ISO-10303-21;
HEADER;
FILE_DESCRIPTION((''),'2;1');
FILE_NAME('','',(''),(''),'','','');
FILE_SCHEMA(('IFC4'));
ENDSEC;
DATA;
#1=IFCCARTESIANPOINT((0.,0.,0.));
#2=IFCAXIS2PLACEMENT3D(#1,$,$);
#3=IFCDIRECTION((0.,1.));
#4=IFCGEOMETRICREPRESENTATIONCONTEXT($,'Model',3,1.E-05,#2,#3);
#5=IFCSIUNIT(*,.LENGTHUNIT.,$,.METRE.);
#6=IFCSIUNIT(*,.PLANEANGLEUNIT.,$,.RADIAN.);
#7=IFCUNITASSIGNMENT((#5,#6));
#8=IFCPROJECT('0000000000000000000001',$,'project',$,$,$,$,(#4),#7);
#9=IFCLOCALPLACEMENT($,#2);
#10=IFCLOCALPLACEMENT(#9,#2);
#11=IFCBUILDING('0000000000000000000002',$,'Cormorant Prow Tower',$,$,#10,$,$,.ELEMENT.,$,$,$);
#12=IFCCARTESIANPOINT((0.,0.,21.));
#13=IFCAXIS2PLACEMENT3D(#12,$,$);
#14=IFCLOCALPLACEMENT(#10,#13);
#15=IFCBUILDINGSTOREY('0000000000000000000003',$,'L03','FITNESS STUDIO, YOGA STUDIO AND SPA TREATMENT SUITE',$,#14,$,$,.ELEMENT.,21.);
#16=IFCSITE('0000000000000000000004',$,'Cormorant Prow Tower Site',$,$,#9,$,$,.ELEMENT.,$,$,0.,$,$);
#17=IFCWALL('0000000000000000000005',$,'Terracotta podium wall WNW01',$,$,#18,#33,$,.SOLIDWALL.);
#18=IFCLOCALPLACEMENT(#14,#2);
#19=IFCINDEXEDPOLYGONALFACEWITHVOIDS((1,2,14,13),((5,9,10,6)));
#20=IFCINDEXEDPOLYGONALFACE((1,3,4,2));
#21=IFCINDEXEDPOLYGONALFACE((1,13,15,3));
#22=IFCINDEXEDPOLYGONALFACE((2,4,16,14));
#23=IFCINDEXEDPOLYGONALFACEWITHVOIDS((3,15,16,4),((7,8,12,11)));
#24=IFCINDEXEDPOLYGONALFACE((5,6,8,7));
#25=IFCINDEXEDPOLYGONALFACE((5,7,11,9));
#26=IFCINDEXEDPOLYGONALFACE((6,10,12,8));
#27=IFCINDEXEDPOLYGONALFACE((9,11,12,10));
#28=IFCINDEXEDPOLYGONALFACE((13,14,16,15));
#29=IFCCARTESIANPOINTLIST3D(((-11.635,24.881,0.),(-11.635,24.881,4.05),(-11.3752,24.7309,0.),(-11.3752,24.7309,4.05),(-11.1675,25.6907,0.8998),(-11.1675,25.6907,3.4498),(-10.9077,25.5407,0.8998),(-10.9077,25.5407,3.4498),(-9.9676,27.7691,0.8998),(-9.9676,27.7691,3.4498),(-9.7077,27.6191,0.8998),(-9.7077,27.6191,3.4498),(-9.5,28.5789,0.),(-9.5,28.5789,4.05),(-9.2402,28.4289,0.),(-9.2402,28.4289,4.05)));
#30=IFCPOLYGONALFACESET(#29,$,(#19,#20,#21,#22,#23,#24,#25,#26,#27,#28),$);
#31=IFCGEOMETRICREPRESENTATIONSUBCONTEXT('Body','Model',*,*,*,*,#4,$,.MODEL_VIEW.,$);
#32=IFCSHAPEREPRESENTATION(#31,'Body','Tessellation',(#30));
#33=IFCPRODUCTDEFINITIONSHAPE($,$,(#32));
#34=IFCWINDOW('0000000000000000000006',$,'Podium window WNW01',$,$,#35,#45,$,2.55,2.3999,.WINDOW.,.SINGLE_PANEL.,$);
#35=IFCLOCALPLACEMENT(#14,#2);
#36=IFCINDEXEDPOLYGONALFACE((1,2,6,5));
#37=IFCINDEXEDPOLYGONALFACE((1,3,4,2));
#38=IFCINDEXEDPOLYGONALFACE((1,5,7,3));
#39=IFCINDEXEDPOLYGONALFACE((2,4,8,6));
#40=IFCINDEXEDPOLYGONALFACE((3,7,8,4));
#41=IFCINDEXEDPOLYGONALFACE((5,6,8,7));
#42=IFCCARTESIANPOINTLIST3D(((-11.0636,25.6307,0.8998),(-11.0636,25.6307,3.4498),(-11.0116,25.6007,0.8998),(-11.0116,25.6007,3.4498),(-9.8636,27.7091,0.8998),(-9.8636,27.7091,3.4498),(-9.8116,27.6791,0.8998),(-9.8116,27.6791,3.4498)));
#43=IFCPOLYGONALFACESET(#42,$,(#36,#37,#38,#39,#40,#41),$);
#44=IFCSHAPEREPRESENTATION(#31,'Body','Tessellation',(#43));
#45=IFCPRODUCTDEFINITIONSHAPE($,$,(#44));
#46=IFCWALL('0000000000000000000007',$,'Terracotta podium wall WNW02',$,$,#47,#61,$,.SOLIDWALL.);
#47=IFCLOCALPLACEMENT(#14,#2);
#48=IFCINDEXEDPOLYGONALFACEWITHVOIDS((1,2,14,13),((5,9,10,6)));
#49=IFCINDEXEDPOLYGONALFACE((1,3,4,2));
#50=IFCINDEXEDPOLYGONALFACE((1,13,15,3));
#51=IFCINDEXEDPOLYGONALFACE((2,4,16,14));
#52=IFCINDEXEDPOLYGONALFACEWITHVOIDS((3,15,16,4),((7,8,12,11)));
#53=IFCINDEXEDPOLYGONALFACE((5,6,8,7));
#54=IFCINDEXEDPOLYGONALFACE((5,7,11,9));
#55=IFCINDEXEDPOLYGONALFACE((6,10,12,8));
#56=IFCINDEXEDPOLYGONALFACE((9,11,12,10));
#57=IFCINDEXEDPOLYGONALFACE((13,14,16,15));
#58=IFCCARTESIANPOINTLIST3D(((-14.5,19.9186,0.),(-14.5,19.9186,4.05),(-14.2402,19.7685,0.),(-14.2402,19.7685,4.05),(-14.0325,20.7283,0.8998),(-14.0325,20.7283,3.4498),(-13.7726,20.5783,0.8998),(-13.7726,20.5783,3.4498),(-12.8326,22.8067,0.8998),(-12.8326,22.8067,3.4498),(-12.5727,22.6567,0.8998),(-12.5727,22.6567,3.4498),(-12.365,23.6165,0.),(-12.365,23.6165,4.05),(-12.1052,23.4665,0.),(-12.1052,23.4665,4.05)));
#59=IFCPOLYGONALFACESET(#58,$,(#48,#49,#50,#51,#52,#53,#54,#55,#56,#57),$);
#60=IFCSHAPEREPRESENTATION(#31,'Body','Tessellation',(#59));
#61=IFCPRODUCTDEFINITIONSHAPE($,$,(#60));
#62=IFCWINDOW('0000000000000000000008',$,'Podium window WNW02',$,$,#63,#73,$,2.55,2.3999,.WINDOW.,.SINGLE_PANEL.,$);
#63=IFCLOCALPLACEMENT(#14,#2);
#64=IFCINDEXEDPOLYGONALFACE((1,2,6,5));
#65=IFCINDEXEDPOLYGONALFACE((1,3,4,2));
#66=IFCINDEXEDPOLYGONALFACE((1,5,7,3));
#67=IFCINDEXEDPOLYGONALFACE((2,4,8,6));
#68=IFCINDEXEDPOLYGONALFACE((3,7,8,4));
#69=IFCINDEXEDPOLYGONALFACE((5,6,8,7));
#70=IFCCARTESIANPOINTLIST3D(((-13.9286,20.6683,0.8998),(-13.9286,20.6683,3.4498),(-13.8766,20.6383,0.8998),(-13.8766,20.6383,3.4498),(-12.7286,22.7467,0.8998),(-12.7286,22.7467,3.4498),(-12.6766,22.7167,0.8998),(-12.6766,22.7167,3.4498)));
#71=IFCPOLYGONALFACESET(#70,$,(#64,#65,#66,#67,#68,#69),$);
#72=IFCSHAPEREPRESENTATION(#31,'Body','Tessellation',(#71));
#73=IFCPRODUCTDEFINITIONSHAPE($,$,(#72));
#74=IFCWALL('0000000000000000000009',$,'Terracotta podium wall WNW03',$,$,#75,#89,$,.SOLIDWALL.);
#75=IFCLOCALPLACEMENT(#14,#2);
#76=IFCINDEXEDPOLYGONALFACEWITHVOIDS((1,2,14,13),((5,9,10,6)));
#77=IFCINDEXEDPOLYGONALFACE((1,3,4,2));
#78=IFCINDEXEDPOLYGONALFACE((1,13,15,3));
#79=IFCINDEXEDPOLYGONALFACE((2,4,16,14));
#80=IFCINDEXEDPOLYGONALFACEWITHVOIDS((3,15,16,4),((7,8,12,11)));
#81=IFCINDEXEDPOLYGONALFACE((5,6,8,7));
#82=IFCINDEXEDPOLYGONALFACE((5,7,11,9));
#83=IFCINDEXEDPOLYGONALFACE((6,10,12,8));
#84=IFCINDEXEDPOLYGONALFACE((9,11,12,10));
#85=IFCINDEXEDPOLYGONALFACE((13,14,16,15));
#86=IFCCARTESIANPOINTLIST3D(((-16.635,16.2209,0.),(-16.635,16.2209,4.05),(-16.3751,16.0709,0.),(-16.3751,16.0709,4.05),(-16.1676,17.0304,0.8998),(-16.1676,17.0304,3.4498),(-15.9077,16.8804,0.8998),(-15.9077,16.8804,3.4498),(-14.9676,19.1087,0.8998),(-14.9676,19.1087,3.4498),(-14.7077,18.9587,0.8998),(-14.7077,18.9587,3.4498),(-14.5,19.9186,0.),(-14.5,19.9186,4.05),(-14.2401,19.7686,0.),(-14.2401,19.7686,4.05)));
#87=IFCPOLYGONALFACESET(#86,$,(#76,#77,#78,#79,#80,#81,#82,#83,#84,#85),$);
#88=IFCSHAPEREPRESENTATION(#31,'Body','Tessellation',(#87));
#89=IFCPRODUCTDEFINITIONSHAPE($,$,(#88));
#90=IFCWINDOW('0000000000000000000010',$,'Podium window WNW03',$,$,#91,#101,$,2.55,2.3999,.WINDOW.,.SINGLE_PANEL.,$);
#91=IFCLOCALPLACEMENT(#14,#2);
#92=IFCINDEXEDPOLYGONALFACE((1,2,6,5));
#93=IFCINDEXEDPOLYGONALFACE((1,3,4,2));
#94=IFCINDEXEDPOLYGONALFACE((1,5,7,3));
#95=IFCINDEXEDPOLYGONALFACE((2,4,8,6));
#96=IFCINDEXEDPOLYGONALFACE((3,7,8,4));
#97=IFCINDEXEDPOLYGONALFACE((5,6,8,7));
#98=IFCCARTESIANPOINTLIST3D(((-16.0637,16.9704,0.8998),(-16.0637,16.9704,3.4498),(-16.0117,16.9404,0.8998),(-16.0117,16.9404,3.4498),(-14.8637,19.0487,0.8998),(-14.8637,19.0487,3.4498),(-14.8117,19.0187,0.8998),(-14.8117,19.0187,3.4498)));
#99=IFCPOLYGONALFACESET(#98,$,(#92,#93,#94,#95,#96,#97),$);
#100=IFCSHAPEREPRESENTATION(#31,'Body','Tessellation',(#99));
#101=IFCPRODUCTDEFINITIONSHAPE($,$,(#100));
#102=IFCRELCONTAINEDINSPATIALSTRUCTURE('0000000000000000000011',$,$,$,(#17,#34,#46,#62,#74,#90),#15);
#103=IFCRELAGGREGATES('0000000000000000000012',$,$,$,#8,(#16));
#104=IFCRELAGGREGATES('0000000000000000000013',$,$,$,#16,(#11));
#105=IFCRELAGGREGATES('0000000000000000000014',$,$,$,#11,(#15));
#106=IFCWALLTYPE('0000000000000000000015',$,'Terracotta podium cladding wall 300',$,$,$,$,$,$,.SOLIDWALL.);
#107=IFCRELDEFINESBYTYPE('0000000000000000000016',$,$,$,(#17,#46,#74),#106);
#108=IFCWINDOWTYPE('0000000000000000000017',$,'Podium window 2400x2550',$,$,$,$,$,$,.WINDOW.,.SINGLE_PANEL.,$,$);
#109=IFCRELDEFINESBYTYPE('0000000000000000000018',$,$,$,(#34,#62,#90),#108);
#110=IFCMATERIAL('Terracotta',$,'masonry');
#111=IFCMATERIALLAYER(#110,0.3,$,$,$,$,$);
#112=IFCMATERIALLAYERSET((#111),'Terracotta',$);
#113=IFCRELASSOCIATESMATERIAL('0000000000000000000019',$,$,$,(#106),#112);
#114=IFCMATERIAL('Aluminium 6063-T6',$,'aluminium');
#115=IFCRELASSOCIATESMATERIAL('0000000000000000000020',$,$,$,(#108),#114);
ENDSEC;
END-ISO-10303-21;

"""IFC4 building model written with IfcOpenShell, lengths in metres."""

from ifc_helpers import new_model, si_unit, direction, frame, frame_2d, origin, place, context, subcontext, project, spatial, rectangle, extrude, material, layer, layer_set, type_object, element, fill, save


model = new_model("IFC4")

# Units and contexts
model_context = context("Model", 3, precision=1e-05, world=origin(), true_north=direction((0.0, 1.0)))
body_context = subcontext(model_context, "Body", "Model", "MODEL_VIEW")
ifc_project = project(units=[si_unit("LENGTHUNIT", "METRE"), si_unit("PLANEANGLEUNIT", "RADIAN")], contexts=[model_context])

# Site, building, storey
site_placement = place(None, origin())
site = spatial("IfcSite", under=ifc_project, at=site_placement, Name="Cormorant Prow Tower Site", CompositionType="ELEMENT", RefElevation=0.0)
building_placement = place(site_placement, origin())
building = spatial("IfcBuilding", under=site, at=building_placement, Name="Cormorant Prow Tower", CompositionType="ELEMENT")
storey_placement = place(building_placement, frame((0.0, 0.0, 21.0)))
storey = spatial("IfcBuildingStorey", under=building, at=storey_placement, Name="L03", Description="FITNESS STUDIO, YOGA STUDIO AND SPA TREATMENT SUITE", CompositionType="ELEMENT", Elevation=21.0)

# Walls, openings, windows
ifc_material_1 = material(Name="Terracotta", Category="masonry")
ifc_layer_1 = layer(ifc_material_1, 0.3)
ifc_layer_set_1 = layer_set([ifc_layer_1], Name="Terracotta")
wall_type_1 = type_object("IfcWallType", Name="Terracotta podium cladding wall 300", PredefinedType="SOLIDWALL", material=ifc_layer_set_1)
ifc_material_2 = material(Name="Aluminium 6063-T6", Category="aluminium")
window_type = type_object("IfcWindowType", Name="Podium window 2400x2550", PartitioningType="SINGLE_PANEL", PredefinedType="WINDOW", material=ifc_material_2)
wall_1_placement = place(storey_placement, frame((-9.3701, 28.5039, 0.0), z_axis=(0.0, 0.0, 1.0), x_axis=(-0.499995, -0.866028, 0.0)))
wall_1 = element("IfcWall", 1, at=wall_1_placement, inside=storey, type_object=wall_type_1, Name="Terracotta podium wall WNW01", PredefinedType="SOLIDWALL", context=body_context, shape_type="SweptSolid", body=[
    extrude(rectangle(XDim=4.27, YDim=0.3, at=frame_2d((2.135, 0.0))), origin(), (0.0, 0.0, 1.0), 4.05),
])
opening_1_placement = place(wall_1_placement, frame((0.9351, 0.0, 0.8999)))
opening_1 = element("IfcOpeningElement", 2, at=opening_1_placement, cuts=wall_1, PredefinedType="OPENING", context=body_context, shape_type="SweptSolid", body=[
    extrude(rectangle(XDim=2.3999, YDim=2.55, at=frame_2d((1.2, 1.2749))), frame((0.0, 0.1599, 0.0), z_axis=(0.0, -1.0, 0.0), x_axis=(1.0, 0.0, 0.0)), (0.0, 0.0, 1.0), 0.3201),
])
window_1_placement = place(opening_1_placement, origin())
window_1 = element("IfcWindow", 3, at=window_1_placement, inside=storey, type_object=window_type, Name="Podium window WNW01", OverallHeight=2.55, OverallWidth=2.3999, PartitioningType="SINGLE_PANEL", PredefinedType="WINDOW", context=body_context, shape_type="SweptSolid", body=[
    extrude(rectangle(XDim=2.3999, YDim=2.55, at=frame_2d((1.2, 1.2749))), frame((0.0, 0.03, 0.0), z_axis=(0.0, -1.0, 0.0), x_axis=(1.0, 0.0, 0.0)), (0.0, 0.0, 1.0), 0.0601),
])
fill(opening_1, window_1)
wall_2_placement = place(storey_placement, frame((-12.2351, 23.5415, 0.0), z_axis=(0.0, 0.0, 1.0), x_axis=(-0.499995, -0.866028, 0.0)))
wall_2 = element("IfcWall", 4, at=wall_2_placement, inside=storey, type_object=wall_type_1, Name="Terracotta podium wall WNW02", PredefinedType="SOLIDWALL", context=body_context, shape_type="SweptSolid", body=[
    extrude(rectangle(XDim=4.27, YDim=0.3, at=frame_2d((2.135, 0.0))), origin(), (0.0, 0.0, 1.0), 4.05),
])
opening_2_placement = place(wall_2_placement, frame((0.9351, 0.0, 0.8999)))
opening_2 = element("IfcOpeningElement", 5, at=opening_2_placement, cuts=wall_2, PredefinedType="OPENING", context=body_context, shape_type="SweptSolid", body=[
    extrude(rectangle(XDim=2.3999, YDim=2.55, at=frame_2d((1.2, 1.2749))), frame((0.0, 0.1599, 0.0), z_axis=(0.0, -1.0, 0.0), x_axis=(1.0, 0.0, 0.0)), (0.0, 0.0, 1.0), 0.3201),
])
window_2_placement = place(opening_2_placement, origin())
window_2 = element("IfcWindow", 6, at=window_2_placement, inside=storey, type_object=window_type, Name="Podium window WNW02", OverallHeight=2.55, OverallWidth=2.3999, PartitioningType="SINGLE_PANEL", PredefinedType="WINDOW", context=body_context, shape_type="SweptSolid", body=[
    extrude(rectangle(XDim=2.3999, YDim=2.55, at=frame_2d((1.2, 1.2749))), frame((0.0, 0.03, 0.0), z_axis=(0.0, -1.0, 0.0), x_axis=(1.0, 0.0, 0.0)), (0.0, 0.0, 1.0), 0.0601),
])
fill(opening_2, window_2)
wall_3_placement = place(storey_placement, frame((-14.3701, 19.8435, 0.0), z_axis=(0.0, 0.0, 1.0), x_axis=(-0.500019, -0.866014, 0.0)))
wall_3 = element("IfcWall", 7, at=wall_3_placement, inside=storey, type_object=wall_type_1, Name="Terracotta podium wall WNW03", PredefinedType="SOLIDWALL", context=body_context, shape_type="SweptSolid", body=[
    extrude(rectangle(XDim=4.2698, YDim=0.3, at=frame_2d((2.1348, 0.0))), origin(), (0.0, 0.0, 1.0), 4.05),
])
opening_3_placement = place(wall_3_placement, frame((0.9351, 0.0, 0.8999)))
opening_3 = element("IfcOpeningElement", 8, at=opening_3_placement, cuts=wall_3, PredefinedType="OPENING", context=body_context, shape_type="SweptSolid", body=[
    extrude(rectangle(XDim=2.3999, YDim=2.55, at=frame_2d((1.2, 1.2749))), frame((0.0, 0.1599, 0.0), z_axis=(0.0, -1.0, 0.0), x_axis=(1.0, 0.0, 0.0)), (0.0, 0.0, 1.0), 0.3201),
])
window_3_placement = place(opening_3_placement, origin())
window_3 = element("IfcWindow", 9, at=window_3_placement, inside=storey, type_object=window_type, Name="Podium window WNW03", OverallHeight=2.55, OverallWidth=2.3999, PartitioningType="SINGLE_PANEL", PredefinedType="WINDOW", context=body_context, shape_type="SweptSolid", body=[
    extrude(rectangle(XDim=2.3999, YDim=2.55, at=frame_2d((1.2, 1.2749))), frame((0.0, 0.03, 0.0), z_axis=(0.0, -1.0, 0.0), x_axis=(1.0, 0.0, 0.0)), (0.0, 0.0, 1.0), 0.0601),
])
fill(opening_3, window_3)

save(model, "model.ifc")
